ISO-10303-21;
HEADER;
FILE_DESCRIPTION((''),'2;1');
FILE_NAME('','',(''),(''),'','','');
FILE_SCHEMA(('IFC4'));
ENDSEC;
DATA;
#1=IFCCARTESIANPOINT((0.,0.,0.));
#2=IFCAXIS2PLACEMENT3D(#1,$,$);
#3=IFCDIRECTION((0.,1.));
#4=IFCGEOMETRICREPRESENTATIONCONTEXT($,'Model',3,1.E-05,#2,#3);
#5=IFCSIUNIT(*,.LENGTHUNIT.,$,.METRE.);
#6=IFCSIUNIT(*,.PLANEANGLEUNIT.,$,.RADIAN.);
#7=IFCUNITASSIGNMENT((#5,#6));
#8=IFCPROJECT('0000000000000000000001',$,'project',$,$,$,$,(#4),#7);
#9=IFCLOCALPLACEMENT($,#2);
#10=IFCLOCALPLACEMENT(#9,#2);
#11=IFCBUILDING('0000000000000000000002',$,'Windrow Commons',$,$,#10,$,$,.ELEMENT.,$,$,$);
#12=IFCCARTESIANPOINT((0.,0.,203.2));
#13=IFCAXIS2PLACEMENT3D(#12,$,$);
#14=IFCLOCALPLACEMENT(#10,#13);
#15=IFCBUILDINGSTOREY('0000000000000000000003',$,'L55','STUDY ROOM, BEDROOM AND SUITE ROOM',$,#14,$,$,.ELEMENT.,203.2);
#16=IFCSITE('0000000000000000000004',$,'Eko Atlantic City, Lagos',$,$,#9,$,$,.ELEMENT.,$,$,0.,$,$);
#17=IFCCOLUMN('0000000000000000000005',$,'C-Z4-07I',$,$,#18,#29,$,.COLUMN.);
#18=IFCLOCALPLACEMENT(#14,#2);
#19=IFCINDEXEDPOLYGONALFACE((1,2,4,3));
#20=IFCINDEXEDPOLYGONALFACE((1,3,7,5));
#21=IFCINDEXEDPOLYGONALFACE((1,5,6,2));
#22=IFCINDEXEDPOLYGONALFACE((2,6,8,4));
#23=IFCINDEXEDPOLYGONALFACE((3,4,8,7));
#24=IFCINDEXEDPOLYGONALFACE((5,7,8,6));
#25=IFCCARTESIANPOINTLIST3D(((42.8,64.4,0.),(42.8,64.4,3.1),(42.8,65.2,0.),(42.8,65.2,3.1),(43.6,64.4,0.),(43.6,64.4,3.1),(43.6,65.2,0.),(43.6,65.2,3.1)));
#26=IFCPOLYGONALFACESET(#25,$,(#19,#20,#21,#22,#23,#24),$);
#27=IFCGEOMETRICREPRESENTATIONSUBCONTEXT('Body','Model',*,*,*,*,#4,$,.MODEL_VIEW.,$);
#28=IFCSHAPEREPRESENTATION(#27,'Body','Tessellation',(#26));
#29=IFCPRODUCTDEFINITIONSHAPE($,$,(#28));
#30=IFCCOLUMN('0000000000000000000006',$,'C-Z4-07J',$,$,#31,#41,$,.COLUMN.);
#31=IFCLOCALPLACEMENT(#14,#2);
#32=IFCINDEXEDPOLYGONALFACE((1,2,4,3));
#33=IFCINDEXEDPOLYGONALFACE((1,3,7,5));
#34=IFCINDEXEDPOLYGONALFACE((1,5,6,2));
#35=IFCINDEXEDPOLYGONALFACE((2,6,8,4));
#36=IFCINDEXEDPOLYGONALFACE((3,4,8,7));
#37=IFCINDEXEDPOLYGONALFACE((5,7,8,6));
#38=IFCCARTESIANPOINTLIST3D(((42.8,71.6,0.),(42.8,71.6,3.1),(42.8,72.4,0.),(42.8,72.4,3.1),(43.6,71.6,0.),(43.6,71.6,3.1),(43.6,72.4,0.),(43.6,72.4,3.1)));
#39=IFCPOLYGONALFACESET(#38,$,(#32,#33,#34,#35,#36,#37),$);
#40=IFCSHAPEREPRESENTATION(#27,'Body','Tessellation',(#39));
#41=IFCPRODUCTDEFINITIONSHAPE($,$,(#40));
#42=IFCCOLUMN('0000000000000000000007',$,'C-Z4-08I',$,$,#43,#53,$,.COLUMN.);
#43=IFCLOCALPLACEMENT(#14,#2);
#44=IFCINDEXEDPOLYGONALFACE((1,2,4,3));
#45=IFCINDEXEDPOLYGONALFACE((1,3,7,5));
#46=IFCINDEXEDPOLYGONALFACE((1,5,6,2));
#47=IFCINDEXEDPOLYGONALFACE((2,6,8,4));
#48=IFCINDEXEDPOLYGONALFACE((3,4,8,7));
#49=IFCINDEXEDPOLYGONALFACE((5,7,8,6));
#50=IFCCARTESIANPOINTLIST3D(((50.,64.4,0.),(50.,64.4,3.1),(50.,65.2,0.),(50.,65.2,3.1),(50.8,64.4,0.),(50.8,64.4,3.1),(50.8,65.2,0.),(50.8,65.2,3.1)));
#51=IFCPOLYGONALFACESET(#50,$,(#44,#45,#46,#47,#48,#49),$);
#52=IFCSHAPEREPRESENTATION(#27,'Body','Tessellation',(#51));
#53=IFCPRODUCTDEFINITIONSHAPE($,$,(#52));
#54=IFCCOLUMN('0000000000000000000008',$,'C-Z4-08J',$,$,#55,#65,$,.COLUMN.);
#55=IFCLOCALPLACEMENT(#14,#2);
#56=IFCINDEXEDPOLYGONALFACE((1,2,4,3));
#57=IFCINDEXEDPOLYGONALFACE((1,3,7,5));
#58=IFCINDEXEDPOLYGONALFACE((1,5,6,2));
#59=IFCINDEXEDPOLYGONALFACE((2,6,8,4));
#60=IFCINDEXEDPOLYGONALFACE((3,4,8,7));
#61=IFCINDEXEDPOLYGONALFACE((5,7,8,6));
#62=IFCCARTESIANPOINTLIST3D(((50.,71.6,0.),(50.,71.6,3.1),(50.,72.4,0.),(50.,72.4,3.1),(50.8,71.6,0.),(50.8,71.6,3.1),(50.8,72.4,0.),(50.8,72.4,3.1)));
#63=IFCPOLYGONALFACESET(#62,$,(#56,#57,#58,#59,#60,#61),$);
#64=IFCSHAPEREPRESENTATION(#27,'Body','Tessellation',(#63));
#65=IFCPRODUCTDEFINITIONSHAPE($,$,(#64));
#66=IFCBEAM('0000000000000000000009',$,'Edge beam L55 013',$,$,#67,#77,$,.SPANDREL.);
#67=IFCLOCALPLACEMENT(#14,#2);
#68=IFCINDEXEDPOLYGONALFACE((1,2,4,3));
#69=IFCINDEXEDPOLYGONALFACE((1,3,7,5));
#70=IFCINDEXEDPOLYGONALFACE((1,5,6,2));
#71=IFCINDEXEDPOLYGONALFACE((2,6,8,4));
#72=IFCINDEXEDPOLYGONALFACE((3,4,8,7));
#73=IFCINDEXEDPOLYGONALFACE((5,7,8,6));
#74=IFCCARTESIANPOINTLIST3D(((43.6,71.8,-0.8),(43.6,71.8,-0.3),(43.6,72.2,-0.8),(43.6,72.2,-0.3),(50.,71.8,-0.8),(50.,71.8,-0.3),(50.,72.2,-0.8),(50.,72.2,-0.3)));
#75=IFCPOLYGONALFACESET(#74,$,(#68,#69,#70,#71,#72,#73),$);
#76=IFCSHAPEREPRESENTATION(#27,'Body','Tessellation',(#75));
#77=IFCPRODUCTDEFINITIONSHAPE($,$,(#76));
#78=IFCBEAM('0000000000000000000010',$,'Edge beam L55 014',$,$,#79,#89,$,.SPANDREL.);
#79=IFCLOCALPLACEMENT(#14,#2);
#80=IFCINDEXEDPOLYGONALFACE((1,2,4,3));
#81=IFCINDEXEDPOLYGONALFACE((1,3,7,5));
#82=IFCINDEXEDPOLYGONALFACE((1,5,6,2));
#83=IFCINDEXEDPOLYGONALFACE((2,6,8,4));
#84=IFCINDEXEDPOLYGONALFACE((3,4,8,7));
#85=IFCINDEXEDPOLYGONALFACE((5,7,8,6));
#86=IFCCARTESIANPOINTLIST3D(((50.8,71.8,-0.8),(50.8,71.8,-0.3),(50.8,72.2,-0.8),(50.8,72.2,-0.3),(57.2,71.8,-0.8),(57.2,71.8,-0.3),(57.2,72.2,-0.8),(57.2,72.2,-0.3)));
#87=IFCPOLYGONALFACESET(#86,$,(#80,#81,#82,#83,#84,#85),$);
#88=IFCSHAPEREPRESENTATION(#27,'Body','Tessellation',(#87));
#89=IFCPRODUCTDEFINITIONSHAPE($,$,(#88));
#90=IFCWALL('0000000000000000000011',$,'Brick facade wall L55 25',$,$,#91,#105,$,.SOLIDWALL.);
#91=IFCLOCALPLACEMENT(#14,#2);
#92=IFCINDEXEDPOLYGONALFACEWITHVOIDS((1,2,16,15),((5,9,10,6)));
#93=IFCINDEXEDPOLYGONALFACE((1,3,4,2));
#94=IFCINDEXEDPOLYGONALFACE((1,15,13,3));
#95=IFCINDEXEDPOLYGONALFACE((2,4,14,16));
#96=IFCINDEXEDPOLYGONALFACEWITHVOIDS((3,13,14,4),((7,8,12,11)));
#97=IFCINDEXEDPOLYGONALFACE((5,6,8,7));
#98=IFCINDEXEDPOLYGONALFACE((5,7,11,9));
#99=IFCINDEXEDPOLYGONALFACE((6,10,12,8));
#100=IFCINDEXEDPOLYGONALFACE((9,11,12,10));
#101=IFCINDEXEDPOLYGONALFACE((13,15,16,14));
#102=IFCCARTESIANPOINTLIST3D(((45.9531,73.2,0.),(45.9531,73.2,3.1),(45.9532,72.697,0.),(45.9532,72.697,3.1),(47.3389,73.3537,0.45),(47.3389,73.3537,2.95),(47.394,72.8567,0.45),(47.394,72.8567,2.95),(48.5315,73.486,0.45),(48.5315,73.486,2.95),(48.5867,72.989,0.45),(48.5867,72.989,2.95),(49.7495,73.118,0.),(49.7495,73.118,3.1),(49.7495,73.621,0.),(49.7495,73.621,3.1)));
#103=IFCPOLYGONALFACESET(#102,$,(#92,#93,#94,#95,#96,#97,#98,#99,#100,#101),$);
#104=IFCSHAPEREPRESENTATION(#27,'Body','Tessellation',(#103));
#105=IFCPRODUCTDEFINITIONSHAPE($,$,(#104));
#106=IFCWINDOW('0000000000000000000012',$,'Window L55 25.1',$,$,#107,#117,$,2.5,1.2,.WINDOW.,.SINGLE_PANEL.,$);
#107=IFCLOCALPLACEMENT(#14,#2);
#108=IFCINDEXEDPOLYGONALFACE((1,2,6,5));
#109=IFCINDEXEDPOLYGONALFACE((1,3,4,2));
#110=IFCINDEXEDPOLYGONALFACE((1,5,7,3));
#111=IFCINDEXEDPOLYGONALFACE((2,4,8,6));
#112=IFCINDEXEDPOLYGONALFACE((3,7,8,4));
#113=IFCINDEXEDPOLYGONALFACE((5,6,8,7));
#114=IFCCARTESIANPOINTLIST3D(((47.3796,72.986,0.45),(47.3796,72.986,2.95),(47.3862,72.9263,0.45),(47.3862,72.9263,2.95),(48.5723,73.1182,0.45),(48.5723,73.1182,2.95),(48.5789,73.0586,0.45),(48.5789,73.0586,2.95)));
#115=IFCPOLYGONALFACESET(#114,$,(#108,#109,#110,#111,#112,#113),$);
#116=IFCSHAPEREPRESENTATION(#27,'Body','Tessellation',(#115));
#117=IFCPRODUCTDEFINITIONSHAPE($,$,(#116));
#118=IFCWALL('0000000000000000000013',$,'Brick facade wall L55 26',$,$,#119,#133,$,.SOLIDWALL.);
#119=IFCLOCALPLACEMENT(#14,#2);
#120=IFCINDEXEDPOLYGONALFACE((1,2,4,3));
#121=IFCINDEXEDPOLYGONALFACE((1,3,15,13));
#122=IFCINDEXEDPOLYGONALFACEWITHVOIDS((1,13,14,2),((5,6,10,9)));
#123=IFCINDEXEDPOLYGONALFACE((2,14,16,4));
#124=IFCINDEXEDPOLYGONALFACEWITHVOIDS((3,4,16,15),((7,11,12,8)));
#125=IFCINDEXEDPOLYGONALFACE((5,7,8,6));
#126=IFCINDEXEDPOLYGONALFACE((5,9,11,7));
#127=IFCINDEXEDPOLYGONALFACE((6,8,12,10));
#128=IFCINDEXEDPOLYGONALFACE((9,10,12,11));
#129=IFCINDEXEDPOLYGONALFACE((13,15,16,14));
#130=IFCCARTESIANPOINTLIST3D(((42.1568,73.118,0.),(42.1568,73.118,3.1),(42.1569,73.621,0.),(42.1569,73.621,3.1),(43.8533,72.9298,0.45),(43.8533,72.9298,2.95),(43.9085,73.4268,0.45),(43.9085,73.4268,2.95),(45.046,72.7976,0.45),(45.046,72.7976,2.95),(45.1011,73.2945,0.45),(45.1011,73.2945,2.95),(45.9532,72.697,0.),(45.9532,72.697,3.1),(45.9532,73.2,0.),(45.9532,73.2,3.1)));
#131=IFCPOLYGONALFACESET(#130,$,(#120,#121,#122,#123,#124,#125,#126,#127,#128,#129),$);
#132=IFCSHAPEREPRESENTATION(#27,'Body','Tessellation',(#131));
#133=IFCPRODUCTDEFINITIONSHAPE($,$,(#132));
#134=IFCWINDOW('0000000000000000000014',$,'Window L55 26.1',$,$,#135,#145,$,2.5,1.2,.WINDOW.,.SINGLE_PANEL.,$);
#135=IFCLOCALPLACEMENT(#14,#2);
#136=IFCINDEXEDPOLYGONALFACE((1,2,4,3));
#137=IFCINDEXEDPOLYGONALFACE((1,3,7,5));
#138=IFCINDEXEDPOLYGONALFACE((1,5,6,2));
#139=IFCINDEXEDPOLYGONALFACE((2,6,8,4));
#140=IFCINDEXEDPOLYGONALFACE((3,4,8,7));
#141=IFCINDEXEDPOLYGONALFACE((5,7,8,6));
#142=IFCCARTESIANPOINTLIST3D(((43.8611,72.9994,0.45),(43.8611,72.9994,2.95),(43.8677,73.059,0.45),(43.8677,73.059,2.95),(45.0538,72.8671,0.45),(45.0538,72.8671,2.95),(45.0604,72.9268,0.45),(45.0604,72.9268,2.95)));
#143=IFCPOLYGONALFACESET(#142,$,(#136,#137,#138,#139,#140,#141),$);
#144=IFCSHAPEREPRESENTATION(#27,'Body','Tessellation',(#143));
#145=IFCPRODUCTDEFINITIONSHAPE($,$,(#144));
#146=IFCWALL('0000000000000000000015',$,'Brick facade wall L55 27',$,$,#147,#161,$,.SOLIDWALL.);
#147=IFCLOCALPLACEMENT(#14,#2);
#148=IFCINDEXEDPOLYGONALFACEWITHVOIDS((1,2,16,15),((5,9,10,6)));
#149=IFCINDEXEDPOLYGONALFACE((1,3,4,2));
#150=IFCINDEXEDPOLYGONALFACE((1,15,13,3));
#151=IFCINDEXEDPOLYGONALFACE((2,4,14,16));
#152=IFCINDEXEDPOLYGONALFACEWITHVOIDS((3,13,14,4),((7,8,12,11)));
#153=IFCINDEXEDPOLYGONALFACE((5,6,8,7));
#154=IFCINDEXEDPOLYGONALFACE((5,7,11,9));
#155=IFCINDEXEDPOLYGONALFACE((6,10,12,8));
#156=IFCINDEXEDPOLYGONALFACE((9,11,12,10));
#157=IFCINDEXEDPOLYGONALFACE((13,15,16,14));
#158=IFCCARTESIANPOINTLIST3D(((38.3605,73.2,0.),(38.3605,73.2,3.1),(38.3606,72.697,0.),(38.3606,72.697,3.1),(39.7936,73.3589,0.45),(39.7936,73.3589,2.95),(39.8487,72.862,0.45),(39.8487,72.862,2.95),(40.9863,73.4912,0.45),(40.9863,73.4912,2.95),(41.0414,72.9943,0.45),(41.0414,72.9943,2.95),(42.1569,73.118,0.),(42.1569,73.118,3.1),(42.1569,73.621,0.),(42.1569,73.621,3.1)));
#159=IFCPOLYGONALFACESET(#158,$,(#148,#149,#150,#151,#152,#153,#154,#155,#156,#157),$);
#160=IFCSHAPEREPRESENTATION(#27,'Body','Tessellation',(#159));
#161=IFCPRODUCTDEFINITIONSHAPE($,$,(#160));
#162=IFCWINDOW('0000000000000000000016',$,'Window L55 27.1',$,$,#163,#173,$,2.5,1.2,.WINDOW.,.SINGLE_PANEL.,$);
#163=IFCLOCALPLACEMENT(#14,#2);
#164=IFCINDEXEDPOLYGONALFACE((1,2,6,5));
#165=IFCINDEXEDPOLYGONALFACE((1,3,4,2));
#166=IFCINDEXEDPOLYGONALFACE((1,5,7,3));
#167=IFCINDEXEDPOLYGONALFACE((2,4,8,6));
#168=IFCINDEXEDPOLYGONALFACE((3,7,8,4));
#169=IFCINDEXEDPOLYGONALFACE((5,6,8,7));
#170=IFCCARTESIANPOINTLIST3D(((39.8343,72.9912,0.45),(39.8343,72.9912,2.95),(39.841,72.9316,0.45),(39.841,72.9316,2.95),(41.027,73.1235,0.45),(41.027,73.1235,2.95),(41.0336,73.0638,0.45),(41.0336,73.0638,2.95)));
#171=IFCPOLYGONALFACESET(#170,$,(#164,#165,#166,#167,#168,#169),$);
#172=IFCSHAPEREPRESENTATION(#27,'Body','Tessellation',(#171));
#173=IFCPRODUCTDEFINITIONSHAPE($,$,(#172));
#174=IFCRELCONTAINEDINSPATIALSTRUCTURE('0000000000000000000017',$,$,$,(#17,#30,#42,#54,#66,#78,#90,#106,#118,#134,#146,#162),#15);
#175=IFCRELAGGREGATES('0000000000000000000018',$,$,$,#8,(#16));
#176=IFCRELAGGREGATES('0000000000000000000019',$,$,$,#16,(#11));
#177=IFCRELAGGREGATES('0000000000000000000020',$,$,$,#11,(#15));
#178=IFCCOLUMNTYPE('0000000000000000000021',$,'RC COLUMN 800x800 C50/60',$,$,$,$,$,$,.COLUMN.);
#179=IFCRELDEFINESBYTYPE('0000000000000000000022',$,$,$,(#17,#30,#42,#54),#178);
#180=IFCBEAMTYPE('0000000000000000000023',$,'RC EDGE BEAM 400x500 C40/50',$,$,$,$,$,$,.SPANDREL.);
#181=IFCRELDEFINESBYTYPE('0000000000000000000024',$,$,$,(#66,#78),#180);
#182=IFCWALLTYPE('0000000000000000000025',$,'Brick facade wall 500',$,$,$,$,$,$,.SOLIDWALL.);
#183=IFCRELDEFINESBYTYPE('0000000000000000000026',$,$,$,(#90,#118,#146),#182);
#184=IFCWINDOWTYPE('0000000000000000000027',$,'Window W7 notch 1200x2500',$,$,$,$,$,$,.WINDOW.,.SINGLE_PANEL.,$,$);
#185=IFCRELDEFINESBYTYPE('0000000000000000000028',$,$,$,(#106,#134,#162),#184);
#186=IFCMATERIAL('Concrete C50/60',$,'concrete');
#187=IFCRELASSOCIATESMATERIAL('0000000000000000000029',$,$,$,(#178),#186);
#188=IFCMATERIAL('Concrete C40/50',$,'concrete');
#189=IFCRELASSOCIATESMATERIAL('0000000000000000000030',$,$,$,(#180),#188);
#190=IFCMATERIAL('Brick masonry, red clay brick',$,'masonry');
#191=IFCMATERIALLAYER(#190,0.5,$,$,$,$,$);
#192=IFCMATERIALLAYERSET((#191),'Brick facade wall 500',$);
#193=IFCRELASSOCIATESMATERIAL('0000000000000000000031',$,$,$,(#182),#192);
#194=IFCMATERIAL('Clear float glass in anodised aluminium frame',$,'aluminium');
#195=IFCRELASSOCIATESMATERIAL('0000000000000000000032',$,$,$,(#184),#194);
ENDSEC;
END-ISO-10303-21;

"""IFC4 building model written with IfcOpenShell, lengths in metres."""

from ifc_helpers import new_model, si_unit, direction, frame, frame_2d, origin, origin_2d, place, context, subcontext, project, spatial, polyline, rectangle, outline, extrude, material, layer, layer_set, material_profile, profile_set, type_object, element, fill, save


model = new_model("IFC4")

# Units and contexts
model_context = context("Model", 3, precision=1e-05, world=origin(), true_north=direction((0.0, 1.0)))
body_context = subcontext(model_context, "Body", "Model", "MODEL_VIEW")
ifc_project = project(units=[si_unit("LENGTHUNIT", "METRE"), si_unit("PLANEANGLEUNIT", "RADIAN")], contexts=[model_context])

# Site, building, storey
site_placement = place(None, origin())
site = spatial("IfcSite", under=ifc_project, at=site_placement, Name="Eko Atlantic City, Lagos", CompositionType="ELEMENT", RefElevation=0.0)
building_placement = place(site_placement, origin())
building = spatial("IfcBuilding", under=site, at=building_placement, Name="Windrow Commons", CompositionType="ELEMENT")
storey_placement = place(building_placement, frame((0.0, 0.0, 203.2)))
storey = spatial("IfcBuildingStorey", under=building, at=storey_placement, Name="L55", Description="STUDY ROOM, BEDROOM AND SUITE ROOM", CompositionType="ELEMENT", Elevation=203.2)

# Columns
ifc_material_1 = material(Name="Concrete C50/60", Category="concrete")
ifc_material_profile_1 = material_profile(ifc_material_1, rectangle(XDim=0.8, YDim=0.8, at=origin_2d()))
ifc_profile_set_1 = profile_set([ifc_material_profile_1], Name="Concrete C50/60")
column_type = type_object("IfcColumnType", Name="RC COLUMN 800x800 C50/60", PredefinedType="COLUMN", material=ifc_profile_set_1)
for number, where, z_axis, x_axis, name in (
    (1, (43.2, 64.8, 0.0), (0.0, 0.0, 1.0), (1.0, 0.0, 0.0), "C-Z4-07I"),
    (2, (43.2, 72.0, 0.0), (0.0, 0.0, 1.0), (1.0, 0.0, 0.0), "C-Z4-07J"),
    (3, (50.4, 64.8, 0.0), (0.0, 0.0, 1.0), (1.0, 0.0, 0.0), "C-Z4-08I"),
    (4, (50.4, 72.0, 0.0), (0.0, 0.0, 1.0), (1.0, 0.0, 0.0), "C-Z4-08J"),
):
    element("IfcColumn", number, at=place(storey_placement, frame(where, z_axis=z_axis, x_axis=x_axis)), inside=storey, type_object=column_type, Name=name, PredefinedType="COLUMN", context=body_context, shape_type="SweptSolid", body=[
        extrude(rectangle(XDim=0.8, YDim=0.8, at=origin_2d()), origin(), (0.0, 0.0, 1.0), 3.1),
    ])

# Beams
ifc_material_2 = material(Name="Concrete C40/50", Category="concrete")
ifc_material_profile_2 = material_profile(ifc_material_2, rectangle(XDim=0.4, YDim=0.5, at=origin_2d()))
ifc_profile_set_2 = profile_set([ifc_material_profile_2], Name="Concrete C40/50")
beam_type = type_object("IfcBeamType", Name="RC EDGE BEAM 400x500 C40/50", PredefinedType="SPANDREL", material=ifc_profile_set_2)
for number, where, z_axis, x_axis, name in (
    (5, (43.6, 72.0, -0.55), (1.0, 0.0, 0.0), (0.0, 1.0, 0.0), "Edge beam L55 013"),
    (6, (50.8, 72.0, -0.55), (1.0, 0.0, 0.0), (0.0, 1.0, 0.0), "Edge beam L55 014"),
):
    element("IfcBeam", number, at=place(storey_placement, frame(where, z_axis=z_axis, x_axis=x_axis)), inside=storey, type_object=beam_type, Name=name, PredefinedType="SPANDREL", context=body_context, shape_type="SweptSolid", body=[
        extrude(rectangle(XDim=0.4, YDim=0.5, at=origin_2d()), origin(), (0.0, 0.0, 1.0), 6.4),
    ])

# Walls, openings, windows
ifc_material_3 = material(Name="Brick masonry, red clay brick", Category="masonry")
ifc_layer_1 = layer(ifc_material_3, 0.5)
ifc_layer_set_1 = layer_set([ifc_layer_1], Name="Brick facade wall 500")
wall_type_1 = type_object("IfcWallType", Name="Brick facade wall 500", PredefinedType="SOLIDWALL", material=ifc_layer_set_1)
wall_1_placement = place(storey_placement, frame((49.7495, 73.3695, 0.0), z_axis=(0.0, 0.0, 1.0), x_axis=(-0.993907, -0.110222, 0.0)))
wall_1 = element("IfcWall", 7, at=wall_1_placement, inside=storey, type_object=wall_type_1, Name="Brick facade wall L55 25", PredefinedType="SOLIDWALL", context=body_context, shape_type="SweptSolid", body=[
    extrude(outline(polyline([(-0.0277, -0.25), (3.7919, -0.25), (3.8473, 0.25), (0.0277, 0.25), (-0.0277, -0.25)])), origin(), (0.0, 0.0, 1.0), 3.1),
])
opening_1_placement = place(wall_1_placement, frame((1.1977, 0.0, 0.45)))
opening_1 = element("IfcOpeningElement", 8, at=opening_1_placement, cuts=wall_1, PredefinedType="OPENING", context=body_context, shape_type="SweptSolid", body=[
    extrude(rectangle(XDim=1.2, YDim=2.5, at=frame_2d((0.6, 1.25))), frame((0.0, 0.26, 0.0), z_axis=(0.0, -1.0, 0.0), x_axis=(1.0, 0.0, 0.0)), (0.0, 0.0, 1.0), 0.52),
])
ifc_material_4 = material(Name="Clear float glass in anodised aluminium frame", Category="aluminium")
window_type = type_object("IfcWindowType", Name="Window W7 notch 1200x2500", PartitioningType="SINGLE_PANEL", PredefinedType="WINDOW", material=ifc_material_4)
window_1_placement = place(opening_1_placement, origin())
window_1 = element("IfcWindow", 9, at=window_1_placement, inside=storey, type_object=window_type, Name="Window L55 25.1", OverallHeight=2.5, OverallWidth=1.2, PartitioningType="SINGLE_PANEL", PredefinedType="WINDOW", context=body_context, shape_type="SweptSolid", body=[
    extrude(rectangle(XDim=1.2, YDim=2.5, at=frame_2d((0.6, 1.25))), frame((0.0, 0.18, 0.0), z_axis=(0.0, -1.0, 0.0), x_axis=(1.0, 0.0, 0.0)), (0.0, 0.0, 1.0), 0.06),
])
fill(opening_1, window_1)
wall_2_placement = place(storey_placement, frame((45.9532, 72.9485, 0.0), z_axis=(0.0, 0.0, 1.0), x_axis=(-0.993907, 0.110222, 0.0)))
wall_2 = element("IfcWall", 10, at=wall_2_placement, inside=storey, type_object=wall_type_1, Name="Brick facade wall L55 26", PredefinedType="SOLIDWALL", context=body_context, shape_type="SweptSolid", body=[
    extrude(outline(polyline([(0.0277, -0.25), (3.8473, -0.25), (3.7919, 0.25), (-0.0277, 0.25), (0.0277, -0.25)])), origin(), (0.0, 0.0, 1.0), 3.1),
])
opening_2_placement = place(wall_2_placement, frame((0.885, 0.0, 0.45)))
opening_2 = element("IfcOpeningElement", 11, at=opening_2_placement, cuts=wall_2, PredefinedType="OPENING", context=body_context, shape_type="SweptSolid", body=[
    extrude(rectangle(XDim=1.2, YDim=2.5, at=frame_2d((0.6, 1.25))), frame((0.0, 0.26, 0.0), z_axis=(0.0, -1.0, 0.0), x_axis=(1.0, 0.0, 0.0)), (0.0, 0.0, 1.0), 0.52),
])
window_2_placement = place(opening_2_placement, origin())
window_2 = element("IfcWindow", 12, at=window_2_placement, inside=storey, type_object=window_type, Name="Window L55 26.1", OverallHeight=2.5, OverallWidth=1.2, PartitioningType="SINGLE_PANEL", PredefinedType="WINDOW", context=body_context, shape_type="SweptSolid", body=[
    extrude(rectangle(XDim=1.2, YDim=2.5, at=frame_2d((0.6, 1.25))), frame((0.0, 0.18, 0.0), z_axis=(0.0, -1.0, 0.0), x_axis=(1.0, 0.0, 0.0)), (0.0, 0.0, 1.0), 0.06),
])
fill(opening_2, window_2)
wall_3_placement = place(storey_placement, frame((42.1569, 73.3695, 0.0), z_axis=(0.0, 0.0, 1.0), x_axis=(-0.993907, -0.110222, 0.0)))
wall_3 = element("IfcWall", 13, at=wall_3_placement, inside=storey, type_object=wall_type_1, Name="Brick facade wall L55 27", PredefinedType="SOLIDWALL", context=body_context, shape_type="SweptSolid", body=[
    extrude(outline(polyline([(-0.0277, -0.25), (3.7919, -0.25), (3.8473, 0.25), (0.0277, 0.25), (-0.0277, -0.25)])), origin(), (0.0, 0.0, 1.0), 3.1),
])
opening_3_placement = place(wall_3_placement, frame((1.1501, 0.0, 0.45)))
opening_3 = element("IfcOpeningElement", 14, at=opening_3_placement, cuts=wall_3, PredefinedType="OPENING", context=body_context, shape_type="SweptSolid", body=[
    extrude(rectangle(XDim=1.2, YDim=2.5, at=frame_2d((0.6, 1.25))), frame((0.0, 0.26, 0.0), z_axis=(0.0, -1.0, 0.0), x_axis=(1.0, 0.0, 0.0)), (0.0, 0.0, 1.0), 0.52),
])
window_3_placement = place(opening_3_placement, origin())
window_3 = element("IfcWindow", 15, at=window_3_placement, inside=storey, type_object=window_type, Name="Window L55 27.1", OverallHeight=2.5, OverallWidth=1.2, PartitioningType="SINGLE_PANEL", PredefinedType="WINDOW", context=body_context, shape_type="SweptSolid", body=[
    extrude(rectangle(XDim=1.2, YDim=2.5, at=frame_2d((0.6, 1.25))), frame((0.0, 0.18, 0.0), z_axis=(0.0, -1.0, 0.0), x_axis=(1.0, 0.0, 0.0)), (0.0, 0.0, 1.0), 0.06),
])
fill(opening_3, window_3)

save(model, "model.ifc")
